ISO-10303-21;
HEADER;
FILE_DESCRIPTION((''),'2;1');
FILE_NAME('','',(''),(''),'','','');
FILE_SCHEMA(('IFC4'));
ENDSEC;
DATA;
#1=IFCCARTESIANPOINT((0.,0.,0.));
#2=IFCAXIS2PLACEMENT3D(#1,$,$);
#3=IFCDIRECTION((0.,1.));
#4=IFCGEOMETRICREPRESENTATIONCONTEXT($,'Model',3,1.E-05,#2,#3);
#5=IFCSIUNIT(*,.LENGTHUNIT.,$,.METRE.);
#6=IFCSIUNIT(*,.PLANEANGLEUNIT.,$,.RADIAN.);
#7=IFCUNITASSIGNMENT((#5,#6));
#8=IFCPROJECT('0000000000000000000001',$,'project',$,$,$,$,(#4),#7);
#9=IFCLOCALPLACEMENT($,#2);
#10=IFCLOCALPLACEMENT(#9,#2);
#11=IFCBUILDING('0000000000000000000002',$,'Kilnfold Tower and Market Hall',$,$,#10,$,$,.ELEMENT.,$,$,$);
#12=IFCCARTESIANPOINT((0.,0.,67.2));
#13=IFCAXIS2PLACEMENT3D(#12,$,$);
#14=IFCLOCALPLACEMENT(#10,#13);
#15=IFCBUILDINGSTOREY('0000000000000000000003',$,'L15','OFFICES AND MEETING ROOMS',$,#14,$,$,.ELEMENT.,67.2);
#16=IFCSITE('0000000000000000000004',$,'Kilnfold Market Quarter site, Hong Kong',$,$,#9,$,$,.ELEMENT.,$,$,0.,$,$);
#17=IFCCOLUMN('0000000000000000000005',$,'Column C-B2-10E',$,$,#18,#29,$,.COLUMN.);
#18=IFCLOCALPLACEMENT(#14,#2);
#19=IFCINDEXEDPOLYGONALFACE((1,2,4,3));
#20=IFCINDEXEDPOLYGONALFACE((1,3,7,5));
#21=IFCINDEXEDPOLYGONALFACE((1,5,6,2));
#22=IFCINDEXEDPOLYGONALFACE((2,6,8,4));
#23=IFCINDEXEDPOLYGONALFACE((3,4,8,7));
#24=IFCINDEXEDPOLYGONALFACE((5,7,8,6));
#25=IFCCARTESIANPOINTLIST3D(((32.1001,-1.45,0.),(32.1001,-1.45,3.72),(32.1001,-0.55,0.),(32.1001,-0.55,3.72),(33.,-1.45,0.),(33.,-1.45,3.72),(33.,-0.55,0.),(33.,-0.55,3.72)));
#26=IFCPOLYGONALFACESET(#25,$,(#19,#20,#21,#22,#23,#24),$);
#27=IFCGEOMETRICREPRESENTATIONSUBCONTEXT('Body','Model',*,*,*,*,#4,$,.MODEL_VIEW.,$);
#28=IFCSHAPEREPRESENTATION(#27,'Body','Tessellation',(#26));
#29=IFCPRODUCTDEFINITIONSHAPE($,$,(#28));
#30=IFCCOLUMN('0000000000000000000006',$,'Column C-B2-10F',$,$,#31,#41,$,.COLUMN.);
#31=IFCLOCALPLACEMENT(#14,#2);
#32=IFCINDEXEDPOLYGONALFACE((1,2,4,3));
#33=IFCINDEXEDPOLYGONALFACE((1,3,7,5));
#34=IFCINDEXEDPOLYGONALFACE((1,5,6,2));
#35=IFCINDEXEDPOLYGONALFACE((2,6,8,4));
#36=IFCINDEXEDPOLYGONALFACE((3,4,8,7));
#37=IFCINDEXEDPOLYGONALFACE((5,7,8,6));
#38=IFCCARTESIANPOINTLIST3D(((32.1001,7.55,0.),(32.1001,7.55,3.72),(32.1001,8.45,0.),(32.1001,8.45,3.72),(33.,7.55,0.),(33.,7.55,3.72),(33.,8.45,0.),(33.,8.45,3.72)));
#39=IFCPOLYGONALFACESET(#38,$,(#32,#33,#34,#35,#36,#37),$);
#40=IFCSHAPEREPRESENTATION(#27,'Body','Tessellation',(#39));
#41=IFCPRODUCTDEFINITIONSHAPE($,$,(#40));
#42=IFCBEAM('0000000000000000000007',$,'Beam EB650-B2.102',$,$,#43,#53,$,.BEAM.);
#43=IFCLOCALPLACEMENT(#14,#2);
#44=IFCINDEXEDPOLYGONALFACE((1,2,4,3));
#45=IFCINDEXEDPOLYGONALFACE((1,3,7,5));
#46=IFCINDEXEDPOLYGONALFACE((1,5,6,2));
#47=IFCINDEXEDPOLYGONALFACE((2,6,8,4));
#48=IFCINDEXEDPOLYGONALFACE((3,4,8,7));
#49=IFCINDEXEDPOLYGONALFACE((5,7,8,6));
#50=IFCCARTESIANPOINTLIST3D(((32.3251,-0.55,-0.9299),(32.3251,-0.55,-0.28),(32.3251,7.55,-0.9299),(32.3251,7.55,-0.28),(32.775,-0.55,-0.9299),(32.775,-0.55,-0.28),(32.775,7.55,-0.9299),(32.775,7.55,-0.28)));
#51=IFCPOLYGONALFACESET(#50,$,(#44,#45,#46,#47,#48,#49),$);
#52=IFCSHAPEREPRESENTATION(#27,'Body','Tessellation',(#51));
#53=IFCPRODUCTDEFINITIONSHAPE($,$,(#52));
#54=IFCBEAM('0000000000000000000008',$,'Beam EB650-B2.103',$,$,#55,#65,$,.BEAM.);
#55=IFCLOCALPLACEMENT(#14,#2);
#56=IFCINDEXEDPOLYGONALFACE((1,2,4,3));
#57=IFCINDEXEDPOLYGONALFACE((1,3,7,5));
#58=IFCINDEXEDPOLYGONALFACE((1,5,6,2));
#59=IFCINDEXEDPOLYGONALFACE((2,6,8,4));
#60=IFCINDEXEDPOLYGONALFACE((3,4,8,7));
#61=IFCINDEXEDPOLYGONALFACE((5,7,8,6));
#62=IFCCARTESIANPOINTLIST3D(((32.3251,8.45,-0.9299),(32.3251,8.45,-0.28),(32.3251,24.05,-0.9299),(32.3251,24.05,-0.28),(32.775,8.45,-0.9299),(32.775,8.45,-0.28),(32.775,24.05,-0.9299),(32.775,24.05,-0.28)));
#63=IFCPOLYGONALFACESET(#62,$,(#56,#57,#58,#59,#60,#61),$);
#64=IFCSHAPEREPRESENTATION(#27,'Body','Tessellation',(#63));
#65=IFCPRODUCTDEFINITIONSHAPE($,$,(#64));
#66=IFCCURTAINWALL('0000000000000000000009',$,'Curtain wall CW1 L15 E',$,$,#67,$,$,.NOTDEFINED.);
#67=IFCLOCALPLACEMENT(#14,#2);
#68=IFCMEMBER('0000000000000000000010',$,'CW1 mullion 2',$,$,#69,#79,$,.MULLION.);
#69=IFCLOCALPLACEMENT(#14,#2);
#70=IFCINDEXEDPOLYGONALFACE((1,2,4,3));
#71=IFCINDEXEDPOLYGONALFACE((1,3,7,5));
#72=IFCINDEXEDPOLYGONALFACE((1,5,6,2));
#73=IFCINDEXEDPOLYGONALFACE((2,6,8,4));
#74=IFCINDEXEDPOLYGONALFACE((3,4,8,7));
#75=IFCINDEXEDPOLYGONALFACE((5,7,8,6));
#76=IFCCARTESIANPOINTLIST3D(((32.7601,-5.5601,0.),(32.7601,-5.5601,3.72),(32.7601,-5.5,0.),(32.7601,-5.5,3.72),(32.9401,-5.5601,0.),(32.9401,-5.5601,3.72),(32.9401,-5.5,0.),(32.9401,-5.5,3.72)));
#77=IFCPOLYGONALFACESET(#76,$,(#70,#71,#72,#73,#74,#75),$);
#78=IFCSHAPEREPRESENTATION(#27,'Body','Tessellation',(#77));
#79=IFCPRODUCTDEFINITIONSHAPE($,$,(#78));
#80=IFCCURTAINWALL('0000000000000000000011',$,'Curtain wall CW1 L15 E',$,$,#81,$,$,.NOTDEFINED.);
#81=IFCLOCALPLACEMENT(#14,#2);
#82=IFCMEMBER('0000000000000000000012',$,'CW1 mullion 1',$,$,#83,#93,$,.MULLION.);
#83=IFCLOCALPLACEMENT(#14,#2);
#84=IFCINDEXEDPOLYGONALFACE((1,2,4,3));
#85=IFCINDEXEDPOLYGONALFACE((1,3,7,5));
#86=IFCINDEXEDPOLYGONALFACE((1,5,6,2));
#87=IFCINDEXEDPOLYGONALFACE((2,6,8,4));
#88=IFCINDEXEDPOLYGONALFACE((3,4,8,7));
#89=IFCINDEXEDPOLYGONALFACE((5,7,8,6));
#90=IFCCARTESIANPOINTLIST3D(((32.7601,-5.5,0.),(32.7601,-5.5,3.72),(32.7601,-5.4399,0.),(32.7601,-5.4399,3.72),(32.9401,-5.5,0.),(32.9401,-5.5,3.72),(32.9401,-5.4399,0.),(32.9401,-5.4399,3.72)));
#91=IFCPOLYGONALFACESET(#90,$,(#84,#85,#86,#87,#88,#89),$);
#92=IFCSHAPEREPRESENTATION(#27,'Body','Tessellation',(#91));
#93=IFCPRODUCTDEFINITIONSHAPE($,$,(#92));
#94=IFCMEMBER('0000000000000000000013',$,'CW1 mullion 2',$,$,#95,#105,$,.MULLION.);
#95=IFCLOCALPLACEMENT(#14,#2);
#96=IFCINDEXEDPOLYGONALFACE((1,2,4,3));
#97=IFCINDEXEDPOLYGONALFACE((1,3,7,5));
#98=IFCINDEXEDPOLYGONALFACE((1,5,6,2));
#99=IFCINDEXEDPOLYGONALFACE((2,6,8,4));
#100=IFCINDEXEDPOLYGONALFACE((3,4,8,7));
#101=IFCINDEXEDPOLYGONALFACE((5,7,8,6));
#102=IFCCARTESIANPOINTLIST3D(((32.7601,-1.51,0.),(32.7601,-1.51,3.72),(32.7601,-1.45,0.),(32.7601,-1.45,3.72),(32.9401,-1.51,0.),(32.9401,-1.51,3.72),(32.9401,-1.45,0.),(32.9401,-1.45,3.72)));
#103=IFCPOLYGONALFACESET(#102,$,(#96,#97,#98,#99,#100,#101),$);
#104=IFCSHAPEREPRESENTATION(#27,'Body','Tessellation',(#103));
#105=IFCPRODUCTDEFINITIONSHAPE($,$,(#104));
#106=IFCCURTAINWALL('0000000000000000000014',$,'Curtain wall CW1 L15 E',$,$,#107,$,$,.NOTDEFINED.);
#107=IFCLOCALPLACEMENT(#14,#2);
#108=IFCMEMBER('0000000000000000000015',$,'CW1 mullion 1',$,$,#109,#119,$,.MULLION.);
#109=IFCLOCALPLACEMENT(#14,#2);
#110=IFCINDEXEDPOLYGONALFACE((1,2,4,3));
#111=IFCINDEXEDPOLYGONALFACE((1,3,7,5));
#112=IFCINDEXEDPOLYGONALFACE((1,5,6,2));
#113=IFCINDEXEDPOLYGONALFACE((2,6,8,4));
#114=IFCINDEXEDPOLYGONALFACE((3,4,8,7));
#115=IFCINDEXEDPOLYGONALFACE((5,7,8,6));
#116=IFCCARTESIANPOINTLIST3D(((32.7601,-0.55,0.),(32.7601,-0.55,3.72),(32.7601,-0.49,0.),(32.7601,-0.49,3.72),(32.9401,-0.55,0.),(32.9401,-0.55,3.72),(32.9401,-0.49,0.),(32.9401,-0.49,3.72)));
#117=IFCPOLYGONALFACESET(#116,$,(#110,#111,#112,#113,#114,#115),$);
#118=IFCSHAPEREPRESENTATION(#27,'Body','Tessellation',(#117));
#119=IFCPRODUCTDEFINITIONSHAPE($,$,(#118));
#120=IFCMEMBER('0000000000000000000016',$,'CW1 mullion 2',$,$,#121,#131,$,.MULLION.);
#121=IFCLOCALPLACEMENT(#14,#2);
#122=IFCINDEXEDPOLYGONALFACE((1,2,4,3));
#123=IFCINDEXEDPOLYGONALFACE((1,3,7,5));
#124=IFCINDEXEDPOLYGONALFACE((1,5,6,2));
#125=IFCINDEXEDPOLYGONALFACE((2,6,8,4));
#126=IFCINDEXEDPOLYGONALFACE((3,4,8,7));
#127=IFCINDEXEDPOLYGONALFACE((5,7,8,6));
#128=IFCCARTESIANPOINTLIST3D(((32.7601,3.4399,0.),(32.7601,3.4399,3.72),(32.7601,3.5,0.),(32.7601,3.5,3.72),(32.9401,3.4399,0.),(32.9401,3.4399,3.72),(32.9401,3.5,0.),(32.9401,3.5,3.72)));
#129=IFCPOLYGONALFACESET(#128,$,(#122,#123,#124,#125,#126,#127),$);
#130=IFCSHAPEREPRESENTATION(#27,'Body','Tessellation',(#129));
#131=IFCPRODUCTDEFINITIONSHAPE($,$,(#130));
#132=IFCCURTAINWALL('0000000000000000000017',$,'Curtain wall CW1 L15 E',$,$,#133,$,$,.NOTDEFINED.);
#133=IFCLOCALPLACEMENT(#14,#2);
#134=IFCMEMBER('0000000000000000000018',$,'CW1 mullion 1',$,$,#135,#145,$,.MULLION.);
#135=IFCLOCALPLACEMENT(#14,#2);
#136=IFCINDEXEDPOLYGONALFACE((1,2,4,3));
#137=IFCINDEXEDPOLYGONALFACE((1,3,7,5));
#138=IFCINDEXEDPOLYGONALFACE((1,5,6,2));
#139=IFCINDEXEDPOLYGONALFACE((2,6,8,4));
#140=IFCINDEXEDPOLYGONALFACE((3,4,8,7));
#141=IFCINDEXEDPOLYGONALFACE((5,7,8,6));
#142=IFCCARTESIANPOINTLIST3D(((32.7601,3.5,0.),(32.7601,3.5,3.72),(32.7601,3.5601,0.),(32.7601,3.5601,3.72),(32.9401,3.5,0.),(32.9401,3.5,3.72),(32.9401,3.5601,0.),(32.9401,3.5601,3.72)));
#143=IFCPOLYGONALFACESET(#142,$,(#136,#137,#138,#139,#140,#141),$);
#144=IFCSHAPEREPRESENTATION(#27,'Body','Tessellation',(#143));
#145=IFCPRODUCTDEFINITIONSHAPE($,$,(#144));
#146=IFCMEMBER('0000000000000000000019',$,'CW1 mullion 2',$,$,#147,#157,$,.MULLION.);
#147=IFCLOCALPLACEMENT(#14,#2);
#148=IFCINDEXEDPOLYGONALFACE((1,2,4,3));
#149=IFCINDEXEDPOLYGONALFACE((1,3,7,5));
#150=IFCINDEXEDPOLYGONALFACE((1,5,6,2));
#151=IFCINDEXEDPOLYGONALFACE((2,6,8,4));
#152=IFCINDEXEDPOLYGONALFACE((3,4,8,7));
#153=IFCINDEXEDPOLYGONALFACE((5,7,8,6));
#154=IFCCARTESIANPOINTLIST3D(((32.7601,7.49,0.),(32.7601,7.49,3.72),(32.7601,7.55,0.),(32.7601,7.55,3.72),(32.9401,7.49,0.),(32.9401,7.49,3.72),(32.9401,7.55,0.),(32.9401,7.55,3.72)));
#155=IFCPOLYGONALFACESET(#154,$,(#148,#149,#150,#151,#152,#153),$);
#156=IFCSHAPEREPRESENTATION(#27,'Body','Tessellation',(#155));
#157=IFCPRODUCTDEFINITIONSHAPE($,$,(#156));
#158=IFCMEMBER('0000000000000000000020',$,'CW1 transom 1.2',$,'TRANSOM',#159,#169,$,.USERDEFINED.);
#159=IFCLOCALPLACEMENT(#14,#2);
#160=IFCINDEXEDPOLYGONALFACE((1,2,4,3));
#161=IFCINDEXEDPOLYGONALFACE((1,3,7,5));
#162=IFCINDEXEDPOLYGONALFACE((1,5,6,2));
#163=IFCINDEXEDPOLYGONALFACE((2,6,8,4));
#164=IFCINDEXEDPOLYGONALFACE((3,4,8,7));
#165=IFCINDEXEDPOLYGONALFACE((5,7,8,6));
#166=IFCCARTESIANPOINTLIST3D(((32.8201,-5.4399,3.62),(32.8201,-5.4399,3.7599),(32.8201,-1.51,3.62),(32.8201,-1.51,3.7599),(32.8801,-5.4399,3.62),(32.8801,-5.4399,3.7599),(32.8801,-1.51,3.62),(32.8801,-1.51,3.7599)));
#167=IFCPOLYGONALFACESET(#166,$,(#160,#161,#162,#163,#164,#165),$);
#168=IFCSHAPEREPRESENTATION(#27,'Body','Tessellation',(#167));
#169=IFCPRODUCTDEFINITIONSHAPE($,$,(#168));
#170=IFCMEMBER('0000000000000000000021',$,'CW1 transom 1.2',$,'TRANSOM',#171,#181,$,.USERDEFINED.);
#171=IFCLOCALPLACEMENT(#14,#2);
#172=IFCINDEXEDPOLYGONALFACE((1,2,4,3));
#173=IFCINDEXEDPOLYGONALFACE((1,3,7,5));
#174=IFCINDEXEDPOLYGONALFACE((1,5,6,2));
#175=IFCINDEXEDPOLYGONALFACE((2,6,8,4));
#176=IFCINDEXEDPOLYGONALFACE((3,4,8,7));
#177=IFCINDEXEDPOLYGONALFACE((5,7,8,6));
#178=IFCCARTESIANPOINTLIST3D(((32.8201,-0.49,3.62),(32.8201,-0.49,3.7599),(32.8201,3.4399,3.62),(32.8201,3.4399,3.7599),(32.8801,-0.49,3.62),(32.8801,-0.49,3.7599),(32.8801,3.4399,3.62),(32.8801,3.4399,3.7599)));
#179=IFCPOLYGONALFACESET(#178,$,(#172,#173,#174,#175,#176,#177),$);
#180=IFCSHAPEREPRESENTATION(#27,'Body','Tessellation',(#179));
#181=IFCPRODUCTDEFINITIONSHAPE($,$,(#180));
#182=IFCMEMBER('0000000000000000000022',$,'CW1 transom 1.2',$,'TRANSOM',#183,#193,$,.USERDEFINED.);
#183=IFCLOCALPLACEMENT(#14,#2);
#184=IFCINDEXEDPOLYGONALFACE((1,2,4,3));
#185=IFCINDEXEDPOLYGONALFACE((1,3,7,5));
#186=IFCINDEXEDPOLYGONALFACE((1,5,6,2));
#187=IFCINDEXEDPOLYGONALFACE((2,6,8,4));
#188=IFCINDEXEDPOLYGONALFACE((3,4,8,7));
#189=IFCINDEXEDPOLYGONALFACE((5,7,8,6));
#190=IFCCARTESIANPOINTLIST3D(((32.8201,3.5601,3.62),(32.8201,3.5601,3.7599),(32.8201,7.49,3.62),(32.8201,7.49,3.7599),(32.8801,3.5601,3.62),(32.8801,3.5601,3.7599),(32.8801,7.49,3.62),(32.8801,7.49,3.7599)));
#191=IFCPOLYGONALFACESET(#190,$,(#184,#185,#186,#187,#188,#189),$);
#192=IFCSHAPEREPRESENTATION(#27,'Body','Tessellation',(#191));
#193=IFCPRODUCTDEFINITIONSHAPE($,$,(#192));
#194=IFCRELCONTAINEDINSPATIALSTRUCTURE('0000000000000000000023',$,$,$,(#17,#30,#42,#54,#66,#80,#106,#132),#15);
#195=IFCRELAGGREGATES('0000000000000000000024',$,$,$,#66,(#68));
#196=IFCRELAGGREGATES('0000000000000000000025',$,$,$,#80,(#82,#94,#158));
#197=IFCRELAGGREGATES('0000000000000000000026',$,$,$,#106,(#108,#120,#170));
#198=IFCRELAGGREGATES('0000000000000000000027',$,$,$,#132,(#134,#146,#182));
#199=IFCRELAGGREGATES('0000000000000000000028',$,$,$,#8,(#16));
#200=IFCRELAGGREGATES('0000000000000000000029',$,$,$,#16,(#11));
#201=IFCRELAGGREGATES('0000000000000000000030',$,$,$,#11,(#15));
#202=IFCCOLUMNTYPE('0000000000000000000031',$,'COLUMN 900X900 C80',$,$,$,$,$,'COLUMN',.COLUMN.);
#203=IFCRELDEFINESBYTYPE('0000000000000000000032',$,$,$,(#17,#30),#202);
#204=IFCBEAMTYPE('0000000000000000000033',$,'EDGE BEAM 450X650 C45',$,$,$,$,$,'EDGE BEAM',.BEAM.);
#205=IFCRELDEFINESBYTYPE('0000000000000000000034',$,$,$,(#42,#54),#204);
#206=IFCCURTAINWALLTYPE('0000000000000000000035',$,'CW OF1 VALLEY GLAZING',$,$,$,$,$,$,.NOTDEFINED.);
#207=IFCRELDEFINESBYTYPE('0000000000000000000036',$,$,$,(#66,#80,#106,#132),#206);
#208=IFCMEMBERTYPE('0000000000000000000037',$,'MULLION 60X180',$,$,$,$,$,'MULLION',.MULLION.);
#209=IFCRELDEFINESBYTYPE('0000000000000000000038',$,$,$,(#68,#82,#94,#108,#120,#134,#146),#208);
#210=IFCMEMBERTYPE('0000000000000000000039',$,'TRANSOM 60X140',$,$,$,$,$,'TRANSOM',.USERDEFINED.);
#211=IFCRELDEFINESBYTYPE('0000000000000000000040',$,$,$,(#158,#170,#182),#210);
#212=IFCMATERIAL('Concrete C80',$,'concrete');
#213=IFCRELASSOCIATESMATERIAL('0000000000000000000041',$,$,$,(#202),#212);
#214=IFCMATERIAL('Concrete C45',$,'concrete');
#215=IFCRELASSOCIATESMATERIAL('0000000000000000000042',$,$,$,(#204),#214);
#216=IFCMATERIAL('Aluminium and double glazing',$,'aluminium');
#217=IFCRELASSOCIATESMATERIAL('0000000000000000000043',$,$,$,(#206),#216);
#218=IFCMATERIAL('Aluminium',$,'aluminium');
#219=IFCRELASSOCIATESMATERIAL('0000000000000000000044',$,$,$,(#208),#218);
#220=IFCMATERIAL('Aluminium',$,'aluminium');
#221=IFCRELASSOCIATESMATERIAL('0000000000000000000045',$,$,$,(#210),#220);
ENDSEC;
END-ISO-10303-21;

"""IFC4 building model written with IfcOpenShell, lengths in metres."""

from ifc_helpers import new_model, si_unit, direction, frame, origin, origin_2d, place, context, subcontext, project, spatial, rectangle, extrude, source, transform, mapped, material, material_profile, profile_set, type_object, element, aggregate, save


model = new_model("IFC4")

# Units and contexts
model_context = context("Model", 3, precision=1e-05, world=origin(), true_north=direction((0.0, 1.0)))
body_context = subcontext(model_context, "Body", "Model", "MODEL_VIEW")
ifc_project = project(units=[si_unit("LENGTHUNIT", "METRE"), si_unit("PLANEANGLEUNIT", "RADIAN")], contexts=[model_context])

# Site, building, storey
site_placement = place(None, origin())
site = spatial("IfcSite", under=ifc_project, at=site_placement, Name="Kilnfold Market Quarter site, Hong Kong", CompositionType="ELEMENT", RefElevation=0.0)
building_placement = place(site_placement, origin())
building = spatial("IfcBuilding", under=site, at=building_placement, Name="Kilnfold Tower and Market Hall", CompositionType="ELEMENT")
storey_placement = place(building_placement, frame((0.0, 0.0, 67.2)))
storey = spatial("IfcBuildingStorey", under=building, at=storey_placement, Name="L15", Description="OFFICES AND MEETING ROOMS", CompositionType="ELEMENT", Elevation=67.2)

# Columns
ifc_material_1 = material(Name="Concrete C80", Category="concrete")
ifc_material_profile_1 = material_profile(ifc_material_1, rectangle(XDim=0.8999, YDim=0.8999, at=origin_2d()), Name="RC 900x900")
ifc_profile_set_1 = profile_set([ifc_material_profile_1], Name="Concrete C80")
column_type = type_object("IfcColumnType", Name="COLUMN 900X900 C80", ElementType="COLUMN", PredefinedType="COLUMN", material=ifc_profile_set_1)
shared_shape_1 = source(origin(), body_context, "Body", "SweptSolid", [
    extrude(rectangle(XDim=0.8999, YDim=0.8999, at=origin_2d()), origin(), (0.0, 0.0, 1.0), 3.72),
])
for number, where, z_axis, x_axis, name in (
    (1, (32.55, -1.0, 0.0), (0.0, 0.0, 1.0), (1.0, 0.0, 0.0), "Column C-B2-10E"),
    (2, (32.55, 8.0, 0.0), (0.0, 0.0, 1.0), (1.0, 0.0, 0.0), "Column C-B2-10F"),
):
    element("IfcColumn", number, at=place(storey_placement, frame(where, z_axis=z_axis, x_axis=x_axis)), inside=storey, type_object=column_type, Name=name, PredefinedType="COLUMN", context=body_context, shape_type="MappedRepresentation", body=[
        mapped(shared_shape_1, transform((0.0, 0.0, 0.0))),
    ])

# Beams
ifc_material_2 = material(Name="Concrete C45", Category="concrete")
ifc_material_profile_2 = material_profile(ifc_material_2, rectangle(XDim=0.45, YDim=0.6499, at=origin_2d()), Name="RC 450x650")
ifc_profile_set_2 = profile_set([ifc_material_profile_2], Name="Concrete C45")
beam_type = type_object("IfcBeamType", Name="EDGE BEAM 450X650 C45", ElementType="EDGE BEAM", PredefinedType="BEAM", material=ifc_profile_set_2)
shared_shape_2 = source(origin(), body_context, "Body", "SweptSolid", [
    extrude(rectangle(XDim=0.45, YDim=0.6499, at=origin_2d()), origin(), (0.0, 0.0, 1.0), 8.1001),
])
beam_1_placement = place(storey_placement, frame((32.55, -0.55, -0.605), z_axis=(0.0, 1.0, 0.0), x_axis=(-1.0, 0.0, 0.0)))
element("IfcBeam", 3, at=beam_1_placement, inside=storey, type_object=beam_type, Name="Beam EB650-B2.102", PredefinedType="BEAM", context=body_context, shape_type="MappedRepresentation", body=[
    mapped(shared_shape_2, transform((0.0, 0.0, 0.0))),
])
shared_shape_3 = source(origin(), body_context, "Body", "SweptSolid", [
    extrude(rectangle(XDim=0.45, YDim=0.6499, at=origin_2d()), origin(), (0.0, 0.0, 1.0), 15.6001),
])
beam_2_placement = place(storey_placement, frame((32.55, 8.45, -0.605), z_axis=(0.0, 1.0, 0.0), x_axis=(-1.0, 0.0, 0.0)))
element("IfcBeam", 4, at=beam_2_placement, inside=storey, type_object=beam_type, Name="Beam EB650-B2.103", PredefinedType="BEAM", context=body_context, shape_type="MappedRepresentation", body=[
    mapped(shared_shape_3, transform((0.0, 0.0, 0.0))),
])

# Curtain wall, member
ifc_material_3 = material(Name="Aluminium and double glazing", Category="aluminium")
curtain_wall_type = type_object("IfcCurtainWallType", Name="CW OF1 VALLEY GLAZING", PredefinedType="NOTDEFINED", material=ifc_material_3)
curtain_wall_1_placement = place(storey_placement, origin())
curtain_wall_1 = element("IfcCurtainWall", 5, at=curtain_wall_1_placement, inside=storey, type_object=curtain_wall_type, Name="Curtain wall CW1 L15 E", PredefinedType="NOTDEFINED")
ifc_material_4 = material(Name="Aluminium", Category="aluminium")
ifc_material_profile_3 = material_profile(ifc_material_4, rectangle(XDim=0.0601, YDim=0.1799, at=origin_2d()), Name="MULLION 60x180")
ifc_profile_set_3 = profile_set([ifc_material_profile_3], Name="Aluminium")
member_type_1 = type_object("IfcMemberType", Name="MULLION 60X180", ElementType="MULLION", PredefinedType="MULLION", material=ifc_profile_set_3)
shared_shape_4 = source(origin(), body_context, "Body", "SweptSolid", [
    extrude(rectangle(XDim=0.0601, YDim=0.1799, at=origin_2d()), origin(), (0.0, 0.0, 1.0), 3.72),
])
member_1_placement = place(storey_placement, frame((32.8501, -5.53, 0.0), z_axis=(0.0, 0.0, 1.0), x_axis=(0.0, 1.0, 0.0)))
member_1 = element("IfcMember", 6, at=member_1_placement, type_object=member_type_1, Name="CW1 mullion 2", PredefinedType="MULLION", context=body_context, shape_type="MappedRepresentation", body=[
    mapped(shared_shape_4, transform((0.0, 0.0, 0.0))),
])
aggregate(curtain_wall_1, [member_1])

# Curtain walls, members
curtain_wall_2_placement = place(storey_placement, origin())
curtain_wall_2 = element("IfcCurtainWall", 7, at=curtain_wall_2_placement, inside=storey, type_object=curtain_wall_type, Name="Curtain wall CW1 L15 E", PredefinedType="NOTDEFINED")
member_2_placement = place(storey_placement, frame((32.8501, -5.47, 0.0), z_axis=(0.0, 0.0, 1.0), x_axis=(0.0, 1.0, 0.0)))
member_2 = element("IfcMember", 8, at=member_2_placement, type_object=member_type_1, Name="CW1 mullion 1", PredefinedType="MULLION", context=body_context, shape_type="MappedRepresentation", body=[
    mapped(shared_shape_4, transform((0.0, 0.0, 0.0))),
])
member_3_placement = place(storey_placement, frame((32.8501, -1.48, 0.0), z_axis=(0.0, 0.0, 1.0), x_axis=(0.0, 1.0, 0.0)))
member_3 = element("IfcMember", 9, at=member_3_placement, type_object=member_type_1, Name="CW1 mullion 2", PredefinedType="MULLION", context=body_context, shape_type="MappedRepresentation", body=[
    mapped(shared_shape_4, transform((0.0, 0.0, 0.0))),
])
curtain_wall_3_placement = place(storey_placement, origin())
curtain_wall_3 = element("IfcCurtainWall", 10, at=curtain_wall_3_placement, inside=storey, type_object=curtain_wall_type, Name="Curtain wall CW1 L15 E", PredefinedType="NOTDEFINED")
member_4_placement = place(storey_placement, frame((32.8501, -0.52, 0.0), z_axis=(0.0, 0.0, 1.0), x_axis=(0.0, 1.0, 0.0)))
member_4 = element("IfcMember", 11, at=member_4_placement, type_object=member_type_1, Name="CW1 mullion 1", PredefinedType="MULLION", context=body_context, shape_type="MappedRepresentation", body=[
    mapped(shared_shape_4, transform((0.0, 0.0, 0.0))),
])
member_5_placement = place(storey_placement, frame((32.8501, 3.47, 0.0), z_axis=(0.0, 0.0, 1.0), x_axis=(0.0, 1.0, 0.0)))
member_5 = element("IfcMember", 12, at=member_5_placement, type_object=member_type_1, Name="CW1 mullion 2", PredefinedType="MULLION", context=body_context, shape_type="MappedRepresentation", body=[
    mapped(shared_shape_4, transform((0.0, 0.0, 0.0))),
])
curtain_wall_4_placement = place(storey_placement, origin())
curtain_wall_4 = element("IfcCurtainWall", 13, at=curtain_wall_4_placement, inside=storey, type_object=curtain_wall_type, Name="Curtain wall CW1 L15 E", PredefinedType="NOTDEFINED")
member_6_placement = place(storey_placement, frame((32.8501, 3.53, 0.0), z_axis=(0.0, 0.0, 1.0), x_axis=(0.0, 1.0, 0.0)))
member_6 = element("IfcMember", 14, at=member_6_placement, type_object=member_type_1, Name="CW1 mullion 1", PredefinedType="MULLION", context=body_context, shape_type="MappedRepresentation", body=[
    mapped(shared_shape_4, transform((0.0, 0.0, 0.0))),
])
member_7_placement = place(storey_placement, frame((32.8501, 7.52, 0.0), z_axis=(0.0, 0.0, 1.0), x_axis=(0.0, 1.0, 0.0)))
member_7 = element("IfcMember", 15, at=member_7_placement, type_object=member_type_1, Name="CW1 mullion 2", PredefinedType="MULLION", context=body_context, shape_type="MappedRepresentation", body=[
    mapped(shared_shape_4, transform((0.0, 0.0, 0.0))),
])

# Members
ifc_material_5 = material(Name="Aluminium", Category="aluminium")
ifc_material_profile_4 = material_profile(ifc_material_5, rectangle(XDim=0.0601, YDim=0.1399, at=origin_2d()), Name="TRANSOM 60x140")
ifc_profile_set_4 = profile_set([ifc_material_profile_4], Name="Aluminium")
member_type_2 = type_object("IfcMemberType", Name="TRANSOM 60X140", ElementType="TRANSOM", PredefinedType="USERDEFINED", material=ifc_profile_set_4)
shared_shape_5 = source(origin(), body_context, "Body", "SweptSolid", [
    extrude(rectangle(XDim=0.0601, YDim=0.1399, at=origin_2d()), origin(), (0.0, 0.0, 1.0), 3.9299),
])
member_8_placement = place(storey_placement, frame((32.8501, -5.4399, 3.6899), z_axis=(0.0, 1.0, 0.0), x_axis=(-1.0, 0.0, 0.0)))
member_8 = element("IfcMember", 16, at=member_8_placement, type_object=member_type_2, Name="CW1 transom 1.2", ObjectType="TRANSOM", PredefinedType="USERDEFINED", context=body_context, shape_type="MappedRepresentation", body=[
    mapped(shared_shape_5, transform((0.0, 0.0, 0.0))),
])
member_9_placement = place(storey_placement, frame((32.8501, -0.49, 3.6899), z_axis=(0.0, 1.0, 0.0), x_axis=(-1.0, 0.0, 0.0)))
member_9 = element("IfcMember", 17, at=member_9_placement, type_object=member_type_2, Name="CW1 transom 1.2", ObjectType="TRANSOM", PredefinedType="USERDEFINED", context=body_context, shape_type="MappedRepresentation", body=[
    mapped(shared_shape_5, transform((0.0, 0.0, 0.0))),
])
member_10_placement = place(storey_placement, frame((32.8501, 3.5601, 3.6899), z_axis=(0.0, 1.0, 0.0), x_axis=(-1.0, 0.0, 0.0)))
member_10 = element("IfcMember", 18, at=member_10_placement, type_object=member_type_2, Name="CW1 transom 1.2", ObjectType="TRANSOM", PredefinedType="USERDEFINED", context=body_context, shape_type="MappedRepresentation", body=[
    mapped(shared_shape_5, transform((0.0, 0.0, 0.0))),
])

aggregate(curtain_wall_2, [member_2, member_3, member_8])
aggregate(curtain_wall_3, [member_4, member_5, member_9])
aggregate(curtain_wall_4, [member_6, member_7, member_10])

save(model, "model.ifc")
